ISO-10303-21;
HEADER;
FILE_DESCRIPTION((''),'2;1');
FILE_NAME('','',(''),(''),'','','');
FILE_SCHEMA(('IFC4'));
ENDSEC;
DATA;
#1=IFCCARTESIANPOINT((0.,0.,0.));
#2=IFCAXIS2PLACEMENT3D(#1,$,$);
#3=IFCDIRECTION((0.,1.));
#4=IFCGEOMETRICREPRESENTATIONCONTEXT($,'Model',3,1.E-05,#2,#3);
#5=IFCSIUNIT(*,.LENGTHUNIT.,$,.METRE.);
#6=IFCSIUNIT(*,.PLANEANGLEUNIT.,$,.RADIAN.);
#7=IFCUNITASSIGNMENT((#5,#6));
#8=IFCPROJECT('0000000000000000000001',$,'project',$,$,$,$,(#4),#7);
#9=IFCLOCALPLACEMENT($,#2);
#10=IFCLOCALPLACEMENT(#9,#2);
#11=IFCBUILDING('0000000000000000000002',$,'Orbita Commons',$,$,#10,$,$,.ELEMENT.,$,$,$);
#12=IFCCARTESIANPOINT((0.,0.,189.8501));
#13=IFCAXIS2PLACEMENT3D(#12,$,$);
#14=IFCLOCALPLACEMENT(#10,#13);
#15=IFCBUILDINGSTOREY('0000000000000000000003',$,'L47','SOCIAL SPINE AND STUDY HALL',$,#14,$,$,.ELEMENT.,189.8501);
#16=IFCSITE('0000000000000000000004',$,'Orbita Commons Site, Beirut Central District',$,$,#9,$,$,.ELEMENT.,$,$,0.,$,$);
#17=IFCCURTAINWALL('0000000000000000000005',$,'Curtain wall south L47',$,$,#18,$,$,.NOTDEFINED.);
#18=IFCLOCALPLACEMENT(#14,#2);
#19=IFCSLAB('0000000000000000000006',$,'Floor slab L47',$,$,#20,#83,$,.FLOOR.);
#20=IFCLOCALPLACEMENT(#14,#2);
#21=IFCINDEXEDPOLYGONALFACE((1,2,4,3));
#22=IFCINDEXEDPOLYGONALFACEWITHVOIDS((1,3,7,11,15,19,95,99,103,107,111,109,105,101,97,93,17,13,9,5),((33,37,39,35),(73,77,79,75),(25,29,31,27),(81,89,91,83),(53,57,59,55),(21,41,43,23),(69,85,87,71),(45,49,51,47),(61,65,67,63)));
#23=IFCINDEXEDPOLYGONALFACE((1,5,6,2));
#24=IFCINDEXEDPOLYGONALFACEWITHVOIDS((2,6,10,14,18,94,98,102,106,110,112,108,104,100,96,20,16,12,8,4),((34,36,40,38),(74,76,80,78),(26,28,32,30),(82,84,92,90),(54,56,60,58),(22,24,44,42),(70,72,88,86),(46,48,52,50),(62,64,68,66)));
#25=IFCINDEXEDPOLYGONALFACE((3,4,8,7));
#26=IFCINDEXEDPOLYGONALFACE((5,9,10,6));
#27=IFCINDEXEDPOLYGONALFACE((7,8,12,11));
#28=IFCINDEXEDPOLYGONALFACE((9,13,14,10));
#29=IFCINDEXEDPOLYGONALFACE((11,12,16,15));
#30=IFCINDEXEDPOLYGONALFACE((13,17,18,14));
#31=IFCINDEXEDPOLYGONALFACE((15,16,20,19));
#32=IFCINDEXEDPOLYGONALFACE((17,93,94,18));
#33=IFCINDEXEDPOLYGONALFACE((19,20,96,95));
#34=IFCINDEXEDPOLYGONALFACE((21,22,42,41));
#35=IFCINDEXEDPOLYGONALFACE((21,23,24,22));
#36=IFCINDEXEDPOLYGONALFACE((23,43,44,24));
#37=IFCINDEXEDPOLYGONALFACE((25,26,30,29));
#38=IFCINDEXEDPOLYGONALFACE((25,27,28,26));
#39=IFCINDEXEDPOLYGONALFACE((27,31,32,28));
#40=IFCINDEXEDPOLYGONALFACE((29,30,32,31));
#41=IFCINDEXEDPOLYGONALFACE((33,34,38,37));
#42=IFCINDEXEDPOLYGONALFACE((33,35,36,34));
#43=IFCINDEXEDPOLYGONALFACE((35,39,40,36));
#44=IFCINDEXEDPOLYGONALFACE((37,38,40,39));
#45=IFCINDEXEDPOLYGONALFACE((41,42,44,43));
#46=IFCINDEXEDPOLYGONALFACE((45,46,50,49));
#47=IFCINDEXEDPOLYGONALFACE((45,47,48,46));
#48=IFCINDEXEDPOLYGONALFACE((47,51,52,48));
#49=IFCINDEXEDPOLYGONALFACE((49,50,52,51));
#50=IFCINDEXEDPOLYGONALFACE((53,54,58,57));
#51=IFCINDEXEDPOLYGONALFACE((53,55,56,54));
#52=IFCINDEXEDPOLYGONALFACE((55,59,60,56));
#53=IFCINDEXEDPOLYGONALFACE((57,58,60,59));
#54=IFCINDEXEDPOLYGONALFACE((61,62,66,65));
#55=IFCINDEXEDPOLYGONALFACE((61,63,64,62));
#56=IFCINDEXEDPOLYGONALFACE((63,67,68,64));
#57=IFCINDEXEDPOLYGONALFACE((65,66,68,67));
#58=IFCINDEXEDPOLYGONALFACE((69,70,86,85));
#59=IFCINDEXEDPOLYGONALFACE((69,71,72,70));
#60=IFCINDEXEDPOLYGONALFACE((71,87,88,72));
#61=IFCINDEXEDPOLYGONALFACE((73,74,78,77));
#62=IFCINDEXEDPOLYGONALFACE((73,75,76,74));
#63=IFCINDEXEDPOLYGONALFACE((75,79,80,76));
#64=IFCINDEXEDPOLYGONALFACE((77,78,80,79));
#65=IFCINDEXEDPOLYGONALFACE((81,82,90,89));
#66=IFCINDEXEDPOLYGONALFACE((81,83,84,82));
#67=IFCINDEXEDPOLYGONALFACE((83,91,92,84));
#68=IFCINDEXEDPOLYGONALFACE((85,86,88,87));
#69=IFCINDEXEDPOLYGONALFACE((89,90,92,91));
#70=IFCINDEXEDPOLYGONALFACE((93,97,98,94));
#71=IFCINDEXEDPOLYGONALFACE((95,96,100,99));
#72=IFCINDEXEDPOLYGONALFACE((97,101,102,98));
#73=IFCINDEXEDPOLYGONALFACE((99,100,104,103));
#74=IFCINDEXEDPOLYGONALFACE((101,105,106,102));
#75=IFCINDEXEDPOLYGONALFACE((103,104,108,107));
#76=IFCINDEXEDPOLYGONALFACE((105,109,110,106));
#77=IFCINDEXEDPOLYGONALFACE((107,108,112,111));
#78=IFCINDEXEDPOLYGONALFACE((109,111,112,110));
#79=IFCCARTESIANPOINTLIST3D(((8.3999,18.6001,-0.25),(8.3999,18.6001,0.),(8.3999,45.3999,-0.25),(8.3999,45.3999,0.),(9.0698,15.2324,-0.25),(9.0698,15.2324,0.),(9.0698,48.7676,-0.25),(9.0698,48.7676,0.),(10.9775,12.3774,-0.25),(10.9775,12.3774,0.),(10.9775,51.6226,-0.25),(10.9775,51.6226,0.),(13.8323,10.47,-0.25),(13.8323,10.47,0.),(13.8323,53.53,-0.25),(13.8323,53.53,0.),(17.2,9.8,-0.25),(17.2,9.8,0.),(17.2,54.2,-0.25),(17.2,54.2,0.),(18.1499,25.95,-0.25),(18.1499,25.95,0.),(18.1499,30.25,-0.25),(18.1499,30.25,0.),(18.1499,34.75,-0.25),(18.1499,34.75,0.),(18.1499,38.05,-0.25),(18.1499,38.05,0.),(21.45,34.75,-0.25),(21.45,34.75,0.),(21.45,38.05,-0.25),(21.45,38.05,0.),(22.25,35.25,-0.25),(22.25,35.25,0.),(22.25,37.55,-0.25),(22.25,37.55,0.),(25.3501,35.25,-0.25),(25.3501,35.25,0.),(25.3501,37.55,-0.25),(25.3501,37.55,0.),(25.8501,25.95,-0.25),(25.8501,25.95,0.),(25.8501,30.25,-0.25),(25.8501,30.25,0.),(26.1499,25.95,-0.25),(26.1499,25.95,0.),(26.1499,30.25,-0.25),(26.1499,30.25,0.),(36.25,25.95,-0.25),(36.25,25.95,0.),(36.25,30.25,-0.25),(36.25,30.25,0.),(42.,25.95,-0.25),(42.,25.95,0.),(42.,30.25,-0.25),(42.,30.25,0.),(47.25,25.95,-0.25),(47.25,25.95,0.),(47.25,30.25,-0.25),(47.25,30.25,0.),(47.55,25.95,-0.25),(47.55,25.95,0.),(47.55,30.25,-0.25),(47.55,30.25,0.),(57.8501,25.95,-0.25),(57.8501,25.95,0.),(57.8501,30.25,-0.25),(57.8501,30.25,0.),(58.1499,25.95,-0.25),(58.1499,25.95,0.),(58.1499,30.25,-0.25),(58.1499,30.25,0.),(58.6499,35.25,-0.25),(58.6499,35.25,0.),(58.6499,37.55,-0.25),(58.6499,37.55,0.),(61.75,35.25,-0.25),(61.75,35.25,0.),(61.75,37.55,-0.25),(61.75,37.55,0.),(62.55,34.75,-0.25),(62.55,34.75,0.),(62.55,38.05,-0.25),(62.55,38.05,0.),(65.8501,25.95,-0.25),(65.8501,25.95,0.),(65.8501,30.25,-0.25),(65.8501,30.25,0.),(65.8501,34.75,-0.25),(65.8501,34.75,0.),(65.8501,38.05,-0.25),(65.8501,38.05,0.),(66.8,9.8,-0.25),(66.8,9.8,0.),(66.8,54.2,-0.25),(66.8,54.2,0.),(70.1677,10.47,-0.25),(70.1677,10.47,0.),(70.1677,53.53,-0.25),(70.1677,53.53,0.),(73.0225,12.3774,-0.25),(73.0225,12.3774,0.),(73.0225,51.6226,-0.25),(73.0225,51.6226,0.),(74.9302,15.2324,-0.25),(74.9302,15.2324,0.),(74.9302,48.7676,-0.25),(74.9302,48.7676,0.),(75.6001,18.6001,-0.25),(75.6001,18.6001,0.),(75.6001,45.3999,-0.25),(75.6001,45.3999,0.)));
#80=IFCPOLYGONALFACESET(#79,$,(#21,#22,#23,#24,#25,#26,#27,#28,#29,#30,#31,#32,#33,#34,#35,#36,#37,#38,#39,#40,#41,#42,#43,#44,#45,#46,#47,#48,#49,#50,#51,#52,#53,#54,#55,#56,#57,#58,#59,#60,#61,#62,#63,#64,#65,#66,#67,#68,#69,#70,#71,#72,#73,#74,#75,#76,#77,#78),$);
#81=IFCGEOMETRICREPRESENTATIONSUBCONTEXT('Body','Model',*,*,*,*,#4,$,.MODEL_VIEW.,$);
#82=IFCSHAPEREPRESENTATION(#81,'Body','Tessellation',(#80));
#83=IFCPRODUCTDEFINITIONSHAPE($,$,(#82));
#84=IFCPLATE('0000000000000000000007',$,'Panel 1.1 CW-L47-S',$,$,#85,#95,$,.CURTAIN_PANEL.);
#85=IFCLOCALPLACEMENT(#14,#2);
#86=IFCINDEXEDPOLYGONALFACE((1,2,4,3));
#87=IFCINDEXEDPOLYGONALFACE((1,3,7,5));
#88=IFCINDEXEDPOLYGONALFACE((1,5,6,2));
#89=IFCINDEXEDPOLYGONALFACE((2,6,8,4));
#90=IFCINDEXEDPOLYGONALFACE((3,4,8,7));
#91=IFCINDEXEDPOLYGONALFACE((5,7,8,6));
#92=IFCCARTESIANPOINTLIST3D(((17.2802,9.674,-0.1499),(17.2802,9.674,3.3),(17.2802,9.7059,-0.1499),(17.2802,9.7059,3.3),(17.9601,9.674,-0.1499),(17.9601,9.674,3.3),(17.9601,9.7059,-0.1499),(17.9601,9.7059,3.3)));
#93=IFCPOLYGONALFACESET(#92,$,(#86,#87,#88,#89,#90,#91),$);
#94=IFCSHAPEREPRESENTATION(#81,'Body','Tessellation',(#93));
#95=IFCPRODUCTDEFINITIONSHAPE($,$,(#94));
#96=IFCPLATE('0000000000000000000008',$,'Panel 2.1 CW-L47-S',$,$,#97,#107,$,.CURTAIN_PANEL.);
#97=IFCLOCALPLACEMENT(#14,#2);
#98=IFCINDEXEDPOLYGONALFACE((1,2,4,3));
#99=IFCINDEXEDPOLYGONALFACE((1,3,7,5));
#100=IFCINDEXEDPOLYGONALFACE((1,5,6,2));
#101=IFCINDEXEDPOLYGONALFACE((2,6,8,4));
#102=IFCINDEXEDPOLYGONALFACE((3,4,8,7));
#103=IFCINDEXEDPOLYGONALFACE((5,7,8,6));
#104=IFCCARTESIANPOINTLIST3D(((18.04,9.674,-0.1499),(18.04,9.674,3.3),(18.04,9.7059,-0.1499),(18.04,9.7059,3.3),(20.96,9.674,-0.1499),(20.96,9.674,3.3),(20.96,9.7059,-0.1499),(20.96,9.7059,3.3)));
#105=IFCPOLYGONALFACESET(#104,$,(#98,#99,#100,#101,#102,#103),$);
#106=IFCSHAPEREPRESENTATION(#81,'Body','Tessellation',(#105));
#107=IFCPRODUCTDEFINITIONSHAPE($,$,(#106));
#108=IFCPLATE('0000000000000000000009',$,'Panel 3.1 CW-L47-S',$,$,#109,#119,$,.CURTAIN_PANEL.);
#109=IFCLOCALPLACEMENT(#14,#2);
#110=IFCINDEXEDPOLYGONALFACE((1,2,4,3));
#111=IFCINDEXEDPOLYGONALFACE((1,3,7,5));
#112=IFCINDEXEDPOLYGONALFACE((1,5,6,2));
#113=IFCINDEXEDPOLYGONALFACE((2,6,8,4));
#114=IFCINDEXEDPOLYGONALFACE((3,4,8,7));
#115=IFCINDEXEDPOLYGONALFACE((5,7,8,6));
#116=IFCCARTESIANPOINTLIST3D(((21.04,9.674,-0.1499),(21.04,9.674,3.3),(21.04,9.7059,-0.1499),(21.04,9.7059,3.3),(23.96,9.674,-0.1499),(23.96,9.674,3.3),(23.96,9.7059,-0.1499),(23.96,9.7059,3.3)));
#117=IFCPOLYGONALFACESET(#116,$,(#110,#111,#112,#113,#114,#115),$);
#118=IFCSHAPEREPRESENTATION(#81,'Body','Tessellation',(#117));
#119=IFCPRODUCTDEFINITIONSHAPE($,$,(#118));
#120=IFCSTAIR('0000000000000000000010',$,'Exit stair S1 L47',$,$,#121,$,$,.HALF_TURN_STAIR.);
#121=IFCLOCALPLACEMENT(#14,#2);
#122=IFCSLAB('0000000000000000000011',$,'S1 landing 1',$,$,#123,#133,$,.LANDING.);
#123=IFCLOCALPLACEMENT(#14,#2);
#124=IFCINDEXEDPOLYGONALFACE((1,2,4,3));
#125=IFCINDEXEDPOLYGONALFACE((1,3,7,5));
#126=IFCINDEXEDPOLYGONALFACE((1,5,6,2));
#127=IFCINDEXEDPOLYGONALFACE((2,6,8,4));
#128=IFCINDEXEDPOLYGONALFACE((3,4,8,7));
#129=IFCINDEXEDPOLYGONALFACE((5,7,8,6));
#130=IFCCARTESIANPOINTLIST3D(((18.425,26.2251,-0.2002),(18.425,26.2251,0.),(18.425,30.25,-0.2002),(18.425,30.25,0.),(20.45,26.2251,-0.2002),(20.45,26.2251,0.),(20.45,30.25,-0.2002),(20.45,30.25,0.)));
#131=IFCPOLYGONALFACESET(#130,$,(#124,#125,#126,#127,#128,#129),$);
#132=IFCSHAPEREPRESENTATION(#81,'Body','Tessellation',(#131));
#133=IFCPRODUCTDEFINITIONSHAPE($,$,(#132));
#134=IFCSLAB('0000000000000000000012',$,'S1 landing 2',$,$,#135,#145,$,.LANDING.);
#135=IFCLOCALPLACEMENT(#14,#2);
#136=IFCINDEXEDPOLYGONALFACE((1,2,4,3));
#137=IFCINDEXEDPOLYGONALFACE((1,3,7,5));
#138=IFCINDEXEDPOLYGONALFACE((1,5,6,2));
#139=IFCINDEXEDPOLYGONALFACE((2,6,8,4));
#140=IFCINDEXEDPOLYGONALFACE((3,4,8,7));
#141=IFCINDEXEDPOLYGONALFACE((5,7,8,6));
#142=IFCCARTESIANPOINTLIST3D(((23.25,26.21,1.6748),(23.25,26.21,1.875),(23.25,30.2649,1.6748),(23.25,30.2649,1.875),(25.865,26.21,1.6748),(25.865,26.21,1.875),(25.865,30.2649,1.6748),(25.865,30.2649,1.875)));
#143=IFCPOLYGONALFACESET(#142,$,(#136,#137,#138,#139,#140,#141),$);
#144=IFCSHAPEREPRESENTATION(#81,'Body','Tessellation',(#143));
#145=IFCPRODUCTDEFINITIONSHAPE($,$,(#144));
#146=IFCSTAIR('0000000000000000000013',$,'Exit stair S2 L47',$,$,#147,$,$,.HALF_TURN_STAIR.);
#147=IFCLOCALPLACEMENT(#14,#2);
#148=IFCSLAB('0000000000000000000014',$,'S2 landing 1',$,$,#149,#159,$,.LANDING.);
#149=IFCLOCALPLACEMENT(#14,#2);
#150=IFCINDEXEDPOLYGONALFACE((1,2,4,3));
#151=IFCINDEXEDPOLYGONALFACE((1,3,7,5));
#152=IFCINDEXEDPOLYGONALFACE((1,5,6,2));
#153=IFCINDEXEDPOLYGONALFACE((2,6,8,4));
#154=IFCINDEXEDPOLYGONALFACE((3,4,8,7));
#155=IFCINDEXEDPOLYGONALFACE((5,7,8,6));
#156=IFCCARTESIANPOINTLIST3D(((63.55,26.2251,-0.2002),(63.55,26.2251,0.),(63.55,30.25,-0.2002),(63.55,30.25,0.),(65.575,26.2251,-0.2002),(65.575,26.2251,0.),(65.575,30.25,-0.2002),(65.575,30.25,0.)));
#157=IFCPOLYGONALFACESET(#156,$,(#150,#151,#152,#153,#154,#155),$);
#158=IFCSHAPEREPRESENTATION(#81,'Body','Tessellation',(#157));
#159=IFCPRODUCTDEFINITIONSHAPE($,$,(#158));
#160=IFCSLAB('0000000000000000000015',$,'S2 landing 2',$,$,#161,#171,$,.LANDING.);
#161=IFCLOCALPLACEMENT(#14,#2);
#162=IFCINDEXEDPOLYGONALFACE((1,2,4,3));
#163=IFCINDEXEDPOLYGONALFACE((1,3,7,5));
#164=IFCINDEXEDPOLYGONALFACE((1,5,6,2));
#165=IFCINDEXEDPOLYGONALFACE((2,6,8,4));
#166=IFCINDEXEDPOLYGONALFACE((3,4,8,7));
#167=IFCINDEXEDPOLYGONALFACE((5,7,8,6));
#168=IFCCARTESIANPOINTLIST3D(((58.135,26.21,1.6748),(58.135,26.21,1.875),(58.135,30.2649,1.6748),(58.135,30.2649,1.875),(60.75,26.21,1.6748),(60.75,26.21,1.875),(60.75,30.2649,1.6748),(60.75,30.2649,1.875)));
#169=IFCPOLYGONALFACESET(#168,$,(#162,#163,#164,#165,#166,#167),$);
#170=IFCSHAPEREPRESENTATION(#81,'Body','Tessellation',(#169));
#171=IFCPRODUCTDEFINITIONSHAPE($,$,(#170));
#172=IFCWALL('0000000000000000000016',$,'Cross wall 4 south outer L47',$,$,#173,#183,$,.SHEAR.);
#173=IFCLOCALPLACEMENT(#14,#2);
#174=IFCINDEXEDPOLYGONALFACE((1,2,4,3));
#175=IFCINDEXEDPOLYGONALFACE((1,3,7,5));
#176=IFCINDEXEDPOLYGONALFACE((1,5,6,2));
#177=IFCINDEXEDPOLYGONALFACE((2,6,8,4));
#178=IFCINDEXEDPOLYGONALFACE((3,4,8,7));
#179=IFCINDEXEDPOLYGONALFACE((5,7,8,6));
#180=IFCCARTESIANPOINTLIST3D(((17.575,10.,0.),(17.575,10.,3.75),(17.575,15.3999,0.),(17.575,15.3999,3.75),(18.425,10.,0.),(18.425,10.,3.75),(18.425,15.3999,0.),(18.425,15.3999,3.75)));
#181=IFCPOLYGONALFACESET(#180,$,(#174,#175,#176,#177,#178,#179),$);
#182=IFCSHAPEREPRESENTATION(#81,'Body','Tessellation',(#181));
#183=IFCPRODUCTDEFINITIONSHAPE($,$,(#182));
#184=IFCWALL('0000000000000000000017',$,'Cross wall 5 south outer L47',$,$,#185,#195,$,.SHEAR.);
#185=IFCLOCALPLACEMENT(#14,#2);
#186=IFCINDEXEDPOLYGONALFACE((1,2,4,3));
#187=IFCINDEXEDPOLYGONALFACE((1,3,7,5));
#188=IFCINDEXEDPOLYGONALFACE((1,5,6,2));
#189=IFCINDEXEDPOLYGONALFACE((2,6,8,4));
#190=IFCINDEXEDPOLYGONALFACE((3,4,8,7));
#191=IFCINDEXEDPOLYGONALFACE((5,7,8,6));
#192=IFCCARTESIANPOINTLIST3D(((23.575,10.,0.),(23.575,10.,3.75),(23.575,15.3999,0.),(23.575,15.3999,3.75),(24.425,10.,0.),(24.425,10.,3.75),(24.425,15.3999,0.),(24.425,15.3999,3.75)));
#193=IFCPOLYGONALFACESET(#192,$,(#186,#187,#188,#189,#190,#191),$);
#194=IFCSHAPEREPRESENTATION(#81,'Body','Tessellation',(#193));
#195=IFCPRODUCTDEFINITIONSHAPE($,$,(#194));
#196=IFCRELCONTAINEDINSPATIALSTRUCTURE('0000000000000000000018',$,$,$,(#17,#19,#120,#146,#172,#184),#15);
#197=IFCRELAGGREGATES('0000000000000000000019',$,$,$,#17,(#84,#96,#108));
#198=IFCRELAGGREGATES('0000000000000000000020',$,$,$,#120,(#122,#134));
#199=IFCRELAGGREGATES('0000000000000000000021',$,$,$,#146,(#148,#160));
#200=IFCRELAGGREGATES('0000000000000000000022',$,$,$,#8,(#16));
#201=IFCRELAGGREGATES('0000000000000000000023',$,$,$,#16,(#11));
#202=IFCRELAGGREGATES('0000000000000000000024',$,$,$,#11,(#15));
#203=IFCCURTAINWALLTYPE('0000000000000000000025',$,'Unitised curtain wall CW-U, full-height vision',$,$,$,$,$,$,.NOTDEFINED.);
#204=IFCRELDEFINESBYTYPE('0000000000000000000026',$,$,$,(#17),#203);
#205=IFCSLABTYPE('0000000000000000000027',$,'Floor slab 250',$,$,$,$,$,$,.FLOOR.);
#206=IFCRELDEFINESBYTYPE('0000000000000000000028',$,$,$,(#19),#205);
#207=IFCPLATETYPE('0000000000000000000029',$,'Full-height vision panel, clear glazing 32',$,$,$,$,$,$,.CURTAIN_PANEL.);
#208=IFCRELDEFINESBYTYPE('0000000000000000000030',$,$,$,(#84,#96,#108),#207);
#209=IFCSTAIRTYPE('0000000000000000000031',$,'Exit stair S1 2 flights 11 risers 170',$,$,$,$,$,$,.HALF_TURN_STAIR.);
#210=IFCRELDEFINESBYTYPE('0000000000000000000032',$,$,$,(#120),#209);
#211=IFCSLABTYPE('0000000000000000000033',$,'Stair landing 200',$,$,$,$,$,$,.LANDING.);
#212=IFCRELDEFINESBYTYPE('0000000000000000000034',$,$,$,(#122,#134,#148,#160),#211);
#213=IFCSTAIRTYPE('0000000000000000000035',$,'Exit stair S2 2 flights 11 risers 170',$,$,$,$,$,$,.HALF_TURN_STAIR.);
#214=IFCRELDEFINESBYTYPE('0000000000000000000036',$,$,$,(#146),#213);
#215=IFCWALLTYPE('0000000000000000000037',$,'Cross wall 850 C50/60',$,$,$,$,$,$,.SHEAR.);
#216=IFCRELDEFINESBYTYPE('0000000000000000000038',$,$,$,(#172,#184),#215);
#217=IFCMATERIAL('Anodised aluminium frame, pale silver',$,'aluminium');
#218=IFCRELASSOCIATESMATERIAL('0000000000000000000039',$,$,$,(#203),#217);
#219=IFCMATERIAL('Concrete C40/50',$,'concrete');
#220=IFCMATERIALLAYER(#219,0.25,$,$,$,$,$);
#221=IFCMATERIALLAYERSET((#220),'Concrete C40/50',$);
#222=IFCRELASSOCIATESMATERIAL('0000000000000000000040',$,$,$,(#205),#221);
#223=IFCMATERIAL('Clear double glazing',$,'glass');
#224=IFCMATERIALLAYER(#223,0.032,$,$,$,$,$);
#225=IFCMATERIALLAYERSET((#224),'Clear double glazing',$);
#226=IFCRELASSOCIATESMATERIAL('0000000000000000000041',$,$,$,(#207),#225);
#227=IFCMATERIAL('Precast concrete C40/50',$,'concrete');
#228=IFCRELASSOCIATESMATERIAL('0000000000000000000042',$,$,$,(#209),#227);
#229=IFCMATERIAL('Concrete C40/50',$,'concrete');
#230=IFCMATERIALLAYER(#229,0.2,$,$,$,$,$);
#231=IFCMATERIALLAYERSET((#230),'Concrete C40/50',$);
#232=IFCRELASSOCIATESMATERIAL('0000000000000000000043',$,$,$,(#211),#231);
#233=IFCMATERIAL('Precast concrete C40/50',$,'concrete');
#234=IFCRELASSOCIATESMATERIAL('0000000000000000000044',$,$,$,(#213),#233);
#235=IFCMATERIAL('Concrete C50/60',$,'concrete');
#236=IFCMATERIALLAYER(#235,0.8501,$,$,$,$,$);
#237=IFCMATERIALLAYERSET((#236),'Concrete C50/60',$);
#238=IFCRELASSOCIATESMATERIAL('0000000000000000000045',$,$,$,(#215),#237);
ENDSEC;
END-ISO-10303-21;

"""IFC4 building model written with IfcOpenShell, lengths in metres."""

from ifc_helpers import new_model, si_unit, direction, frame, frame_2d, origin, origin_2d, place, context, subcontext, project, spatial, polyline, rectangle, outline, extrude, material, layer, layer_set, type_object, element, aggregate, save


model = new_model("IFC4")

# Units and contexts
model_context = context("Model", 3, precision=1e-05, world=origin(), true_north=direction((0.0, 1.0)))
body_context = subcontext(model_context, "Body", "Model", "MODEL_VIEW")
ifc_project = project(units=[si_unit("LENGTHUNIT", "METRE"), si_unit("PLANEANGLEUNIT", "RADIAN")], contexts=[model_context])

# Site, building, storey
site_placement = place(None, origin())
site = spatial("IfcSite", under=ifc_project, at=site_placement, Name="Orbita Commons Site, Beirut Central District", CompositionType="ELEMENT", RefElevation=0.0)
building_placement = place(site_placement, origin())
building = spatial("IfcBuilding", under=site, at=building_placement, Name="Orbita Commons", CompositionType="ELEMENT")
storey_placement = place(building_placement, frame((0.0, 0.0, 189.8501)))
storey = spatial("IfcBuildingStorey", under=building, at=storey_placement, Name="L47", Description="SOCIAL SPINE AND STUDY HALL", CompositionType="ELEMENT", Elevation=189.8501)

# Curtain wall
ifc_material_1 = material(Name="Anodised aluminium frame, pale silver", Category="aluminium")
curtain_wall_type = type_object("IfcCurtainWallType", Name="Unitised curtain wall CW-U, full-height vision", PredefinedType="NOTDEFINED", material=ifc_material_1)
curtain_wall_placement = place(storey_placement, origin())
curtain_wall = element("IfcCurtainWall", 1, at=curtain_wall_placement, inside=storey, type_object=curtain_wall_type, Name="Curtain wall south L47", PredefinedType="NOTDEFINED")

# Slab
ifc_material_2 = material(Name="Concrete C40/50", Category="concrete")
ifc_layer_1 = layer(ifc_material_2, 0.25)
ifc_layer_set_1 = layer_set([ifc_layer_1], Name="Concrete C40/50")
slab_type_1 = type_object("IfcSlabType", Name="Floor slab 250", PredefinedType="FLOOR", material=ifc_layer_set_1)
slab_1_placement = place(storey_placement, frame((0.0, 0.0, -0.25)))
element("IfcSlab", 2, at=slab_1_placement, inside=storey, type_object=slab_type_1, Name="Floor slab L47", PredefinedType="FLOOR", context=body_context, shape_type="SweptSolid", body=[
    extrude(outline(polyline([(66.8, 9.8), (70.1677, 10.47), (73.0225, 12.3774), (74.9302, 15.2324), (75.6001, 18.6001), (75.6001, 45.3999), (74.9302, 48.7676), (73.0225, 51.6226), (70.1677, 53.53), (66.8, 54.2), (17.2, 54.2), (13.8323, 53.53), (10.9775, 51.6226), (9.0698, 48.7676), (8.3999, 45.3999), (8.3999, 18.6001), (9.0698, 15.2324), (10.9775, 12.3774), (13.8323, 10.47), (17.2, 9.8), (66.8, 9.8)]), holes=[polyline([(18.1499, 25.95), (25.8501, 25.95), (25.8501, 30.25), (18.1499, 30.25), (18.1499, 25.95)]), polyline([(58.1499, 25.95), (65.8501, 25.95), (65.8501, 30.25), (58.1499, 30.25), (58.1499, 25.95)]), polyline([(18.1499, 34.75), (21.45, 34.75), (21.45, 38.05), (18.1499, 38.05), (18.1499, 34.75)]), polyline([(62.55, 34.75), (65.8501, 34.75), (65.8501, 38.05), (62.55, 38.05), (62.55, 34.75)]), polyline([(22.25, 35.25), (25.3501, 35.25), (25.3501, 37.55), (22.25, 37.55), (22.25, 35.25)]), polyline([(58.6499, 35.25), (61.75, 35.25), (61.75, 37.55), (58.6499, 37.55), (58.6499, 35.25)]), polyline([(26.1499, 25.95), (36.25, 25.95), (36.25, 30.25), (26.1499, 30.25), (26.1499, 25.95)]), polyline([(42.0, 25.95), (47.25, 25.95), (47.25, 30.25), (42.0, 30.25), (42.0, 25.95)]), polyline([(47.55, 25.95), (57.8501, 25.95), (57.8501, 30.25), (47.55, 30.25), (47.55, 25.95)])]), origin(), (0.0, 0.0, 1.0), 0.25),
])

# Plates
ifc_material_3 = material(Name="Clear double glazing", Category="glass")
ifc_layer_2 = layer(ifc_material_3, 0.032)
ifc_layer_set_2 = layer_set([ifc_layer_2], Name="Clear double glazing")
plate_type = type_object("IfcPlateType", Name="Full-height vision panel, clear glazing 32", PredefinedType="CURTAIN_PANEL", material=ifc_layer_set_2)
plate_1_placement = place(storey_placement, frame((17.6201, 9.6899, -0.1499), z_axis=(0.0, 0.0, 1.0), x_axis=(1.0, 0.0, 0.0)))
plate_1 = element("IfcPlate", 3, at=plate_1_placement, type_object=plate_type, Name="Panel 1.1 CW-L47-S", PredefinedType="CURTAIN_PANEL", context=body_context, shape_type="SweptSolid", body=[
    extrude(rectangle(XDim=0.6799, YDim=0.032, at=origin_2d()), origin(), (0.0, 0.0, 1.0), 3.45),
])
plate_2_placement = place(storey_placement, frame((19.5, 9.6899, -0.1499), z_axis=(0.0, 0.0, 1.0), x_axis=(1.0, 0.0, 0.0)))
plate_2 = element("IfcPlate", 4, at=plate_2_placement, type_object=plate_type, Name="Panel 2.1 CW-L47-S", PredefinedType="CURTAIN_PANEL", context=body_context, shape_type="SweptSolid", body=[
    extrude(rectangle(XDim=2.9199, YDim=0.032, at=origin_2d()), origin(), (0.0, 0.0, 1.0), 3.45),
])
plate_3_placement = place(storey_placement, frame((22.5, 9.6899, -0.1499), z_axis=(0.0, 0.0, 1.0), x_axis=(1.0, 0.0, 0.0)))
plate_3 = element("IfcPlate", 5, at=plate_3_placement, type_object=plate_type, Name="Panel 3.1 CW-L47-S", PredefinedType="CURTAIN_PANEL", context=body_context, shape_type="SweptSolid", body=[
    extrude(rectangle(XDim=2.9199, YDim=0.032, at=origin_2d()), origin(), (0.0, 0.0, 1.0), 3.45),
])
aggregate(curtain_wall, [plate_1, plate_2, plate_3])

# Stairs, slabs
ifc_material_4 = material(Name="Precast concrete C40/50", Category="concrete")
stair_type_1 = type_object("IfcStairType", Name="Exit stair S1 2 flights 11 risers 170", PredefinedType="HALF_TURN_STAIR", material=ifc_material_4)
stair_1_placement = place(storey_placement, origin())
stair_1 = element("IfcStair", 6, at=stair_1_placement, inside=storey, type_object=stair_type_1, Name="Exit stair S1 L47", PredefinedType="HALF_TURN_STAIR")
ifc_material_5 = material(Name="Concrete C40/50", Category="concrete")
ifc_layer_3 = layer(ifc_material_5, 0.2)
ifc_layer_set_3 = layer_set([ifc_layer_3], Name="Concrete C40/50")
slab_type_2 = type_object("IfcSlabType", Name="Stair landing 200", PredefinedType="LANDING", material=ifc_layer_set_3)
slab_2_placement = place(storey_placement, frame((0.0, 0.0, -0.2002)))
slab_2 = element("IfcSlab", 7, at=slab_2_placement, type_object=slab_type_2, Name="S1 landing 1", PredefinedType="LANDING", context=body_context, shape_type="SweptSolid", body=[
    extrude(outline(polyline([(18.425, 26.2251), (20.45, 26.2251), (20.45, 30.25), (18.425, 30.25), (18.425, 26.2251)])), origin(), (0.0, 0.0, 1.0), 0.2002),
])
slab_3_placement = place(storey_placement, frame((0.0, 0.0, 1.6748)))
slab_3 = element("IfcSlab", 8, at=slab_3_placement, type_object=slab_type_2, Name="S1 landing 2", PredefinedType="LANDING", context=body_context, shape_type="SweptSolid", body=[
    extrude(outline(polyline([(23.25, 26.21), (25.865, 26.21), (25.865, 30.2649), (23.25, 30.2649), (23.25, 26.21)])), origin(), (0.0, 0.0, 1.0), 0.2002),
])
aggregate(stair_1, [slab_2, slab_3])
ifc_material_6 = material(Name="Precast concrete C40/50", Category="concrete")
stair_type_2 = type_object("IfcStairType", Name="Exit stair S2 2 flights 11 risers 170", PredefinedType="HALF_TURN_STAIR", material=ifc_material_6)
stair_2_placement = place(storey_placement, origin())
stair_2 = element("IfcStair", 9, at=stair_2_placement, inside=storey, type_object=stair_type_2, Name="Exit stair S2 L47", PredefinedType="HALF_TURN_STAIR")
slab_4_placement = place(storey_placement, frame((0.0, 0.0, -0.2002)))
slab_4 = element("IfcSlab", 10, at=slab_4_placement, type_object=slab_type_2, Name="S2 landing 1", PredefinedType="LANDING", context=body_context, shape_type="SweptSolid", body=[
    extrude(outline(polyline([(63.55, 26.2251), (65.575, 26.2251), (65.575, 30.25), (63.55, 30.25), (63.55, 26.2251)])), origin(), (0.0, 0.0, 1.0), 0.2002),
])
slab_5_placement = place(storey_placement, frame((0.0, 0.0, 1.6748)))
slab_5 = element("IfcSlab", 11, at=slab_5_placement, type_object=slab_type_2, Name="S2 landing 2", PredefinedType="LANDING", context=body_context, shape_type="SweptSolid", body=[
    extrude(outline(polyline([(58.135, 26.21), (60.75, 26.21), (60.75, 30.2649), (58.135, 30.2649), (58.135, 26.21)])), origin(), (0.0, 0.0, 1.0), 0.2002),
])
aggregate(stair_2, [slab_4, slab_5])

# Walls
ifc_material_7 = material(Name="Concrete C50/60", Category="concrete")
ifc_layer_4 = layer(ifc_material_7, 0.8501)
ifc_layer_set_4 = layer_set([ifc_layer_4], Name="Concrete C50/60")
wall_type_1 = type_object("IfcWallType", Name="Cross wall 850 C50/60", PredefinedType="SHEAR", material=ifc_layer_set_4)
for number, where, z_axis, x_axis, name in (
    (12, (18.0, 10.0, 0.0), (0.0, 0.0, 1.0), (0.0, 1.0, 0.0), "Cross wall 4 south outer L47"),
    (13, (24.0, 10.0, 0.0), (0.0, 0.0, 1.0), (0.0, 1.0, 0.0), "Cross wall 5 south outer L47"),
):
    element("IfcWall", number, at=place(storey_placement, frame(where, z_axis=z_axis, x_axis=x_axis)), inside=storey, type_object=wall_type_1, Name=name, PredefinedType="SHEAR", context=body_context, shape_type="SweptSolid", body=[
        extrude(rectangle(XDim=5.3999, YDim=0.8501, at=frame_2d((2.7, 0.0))), origin(), (0.0, 0.0, 1.0), 3.75),
    ])

save(model, "model.ifc")
